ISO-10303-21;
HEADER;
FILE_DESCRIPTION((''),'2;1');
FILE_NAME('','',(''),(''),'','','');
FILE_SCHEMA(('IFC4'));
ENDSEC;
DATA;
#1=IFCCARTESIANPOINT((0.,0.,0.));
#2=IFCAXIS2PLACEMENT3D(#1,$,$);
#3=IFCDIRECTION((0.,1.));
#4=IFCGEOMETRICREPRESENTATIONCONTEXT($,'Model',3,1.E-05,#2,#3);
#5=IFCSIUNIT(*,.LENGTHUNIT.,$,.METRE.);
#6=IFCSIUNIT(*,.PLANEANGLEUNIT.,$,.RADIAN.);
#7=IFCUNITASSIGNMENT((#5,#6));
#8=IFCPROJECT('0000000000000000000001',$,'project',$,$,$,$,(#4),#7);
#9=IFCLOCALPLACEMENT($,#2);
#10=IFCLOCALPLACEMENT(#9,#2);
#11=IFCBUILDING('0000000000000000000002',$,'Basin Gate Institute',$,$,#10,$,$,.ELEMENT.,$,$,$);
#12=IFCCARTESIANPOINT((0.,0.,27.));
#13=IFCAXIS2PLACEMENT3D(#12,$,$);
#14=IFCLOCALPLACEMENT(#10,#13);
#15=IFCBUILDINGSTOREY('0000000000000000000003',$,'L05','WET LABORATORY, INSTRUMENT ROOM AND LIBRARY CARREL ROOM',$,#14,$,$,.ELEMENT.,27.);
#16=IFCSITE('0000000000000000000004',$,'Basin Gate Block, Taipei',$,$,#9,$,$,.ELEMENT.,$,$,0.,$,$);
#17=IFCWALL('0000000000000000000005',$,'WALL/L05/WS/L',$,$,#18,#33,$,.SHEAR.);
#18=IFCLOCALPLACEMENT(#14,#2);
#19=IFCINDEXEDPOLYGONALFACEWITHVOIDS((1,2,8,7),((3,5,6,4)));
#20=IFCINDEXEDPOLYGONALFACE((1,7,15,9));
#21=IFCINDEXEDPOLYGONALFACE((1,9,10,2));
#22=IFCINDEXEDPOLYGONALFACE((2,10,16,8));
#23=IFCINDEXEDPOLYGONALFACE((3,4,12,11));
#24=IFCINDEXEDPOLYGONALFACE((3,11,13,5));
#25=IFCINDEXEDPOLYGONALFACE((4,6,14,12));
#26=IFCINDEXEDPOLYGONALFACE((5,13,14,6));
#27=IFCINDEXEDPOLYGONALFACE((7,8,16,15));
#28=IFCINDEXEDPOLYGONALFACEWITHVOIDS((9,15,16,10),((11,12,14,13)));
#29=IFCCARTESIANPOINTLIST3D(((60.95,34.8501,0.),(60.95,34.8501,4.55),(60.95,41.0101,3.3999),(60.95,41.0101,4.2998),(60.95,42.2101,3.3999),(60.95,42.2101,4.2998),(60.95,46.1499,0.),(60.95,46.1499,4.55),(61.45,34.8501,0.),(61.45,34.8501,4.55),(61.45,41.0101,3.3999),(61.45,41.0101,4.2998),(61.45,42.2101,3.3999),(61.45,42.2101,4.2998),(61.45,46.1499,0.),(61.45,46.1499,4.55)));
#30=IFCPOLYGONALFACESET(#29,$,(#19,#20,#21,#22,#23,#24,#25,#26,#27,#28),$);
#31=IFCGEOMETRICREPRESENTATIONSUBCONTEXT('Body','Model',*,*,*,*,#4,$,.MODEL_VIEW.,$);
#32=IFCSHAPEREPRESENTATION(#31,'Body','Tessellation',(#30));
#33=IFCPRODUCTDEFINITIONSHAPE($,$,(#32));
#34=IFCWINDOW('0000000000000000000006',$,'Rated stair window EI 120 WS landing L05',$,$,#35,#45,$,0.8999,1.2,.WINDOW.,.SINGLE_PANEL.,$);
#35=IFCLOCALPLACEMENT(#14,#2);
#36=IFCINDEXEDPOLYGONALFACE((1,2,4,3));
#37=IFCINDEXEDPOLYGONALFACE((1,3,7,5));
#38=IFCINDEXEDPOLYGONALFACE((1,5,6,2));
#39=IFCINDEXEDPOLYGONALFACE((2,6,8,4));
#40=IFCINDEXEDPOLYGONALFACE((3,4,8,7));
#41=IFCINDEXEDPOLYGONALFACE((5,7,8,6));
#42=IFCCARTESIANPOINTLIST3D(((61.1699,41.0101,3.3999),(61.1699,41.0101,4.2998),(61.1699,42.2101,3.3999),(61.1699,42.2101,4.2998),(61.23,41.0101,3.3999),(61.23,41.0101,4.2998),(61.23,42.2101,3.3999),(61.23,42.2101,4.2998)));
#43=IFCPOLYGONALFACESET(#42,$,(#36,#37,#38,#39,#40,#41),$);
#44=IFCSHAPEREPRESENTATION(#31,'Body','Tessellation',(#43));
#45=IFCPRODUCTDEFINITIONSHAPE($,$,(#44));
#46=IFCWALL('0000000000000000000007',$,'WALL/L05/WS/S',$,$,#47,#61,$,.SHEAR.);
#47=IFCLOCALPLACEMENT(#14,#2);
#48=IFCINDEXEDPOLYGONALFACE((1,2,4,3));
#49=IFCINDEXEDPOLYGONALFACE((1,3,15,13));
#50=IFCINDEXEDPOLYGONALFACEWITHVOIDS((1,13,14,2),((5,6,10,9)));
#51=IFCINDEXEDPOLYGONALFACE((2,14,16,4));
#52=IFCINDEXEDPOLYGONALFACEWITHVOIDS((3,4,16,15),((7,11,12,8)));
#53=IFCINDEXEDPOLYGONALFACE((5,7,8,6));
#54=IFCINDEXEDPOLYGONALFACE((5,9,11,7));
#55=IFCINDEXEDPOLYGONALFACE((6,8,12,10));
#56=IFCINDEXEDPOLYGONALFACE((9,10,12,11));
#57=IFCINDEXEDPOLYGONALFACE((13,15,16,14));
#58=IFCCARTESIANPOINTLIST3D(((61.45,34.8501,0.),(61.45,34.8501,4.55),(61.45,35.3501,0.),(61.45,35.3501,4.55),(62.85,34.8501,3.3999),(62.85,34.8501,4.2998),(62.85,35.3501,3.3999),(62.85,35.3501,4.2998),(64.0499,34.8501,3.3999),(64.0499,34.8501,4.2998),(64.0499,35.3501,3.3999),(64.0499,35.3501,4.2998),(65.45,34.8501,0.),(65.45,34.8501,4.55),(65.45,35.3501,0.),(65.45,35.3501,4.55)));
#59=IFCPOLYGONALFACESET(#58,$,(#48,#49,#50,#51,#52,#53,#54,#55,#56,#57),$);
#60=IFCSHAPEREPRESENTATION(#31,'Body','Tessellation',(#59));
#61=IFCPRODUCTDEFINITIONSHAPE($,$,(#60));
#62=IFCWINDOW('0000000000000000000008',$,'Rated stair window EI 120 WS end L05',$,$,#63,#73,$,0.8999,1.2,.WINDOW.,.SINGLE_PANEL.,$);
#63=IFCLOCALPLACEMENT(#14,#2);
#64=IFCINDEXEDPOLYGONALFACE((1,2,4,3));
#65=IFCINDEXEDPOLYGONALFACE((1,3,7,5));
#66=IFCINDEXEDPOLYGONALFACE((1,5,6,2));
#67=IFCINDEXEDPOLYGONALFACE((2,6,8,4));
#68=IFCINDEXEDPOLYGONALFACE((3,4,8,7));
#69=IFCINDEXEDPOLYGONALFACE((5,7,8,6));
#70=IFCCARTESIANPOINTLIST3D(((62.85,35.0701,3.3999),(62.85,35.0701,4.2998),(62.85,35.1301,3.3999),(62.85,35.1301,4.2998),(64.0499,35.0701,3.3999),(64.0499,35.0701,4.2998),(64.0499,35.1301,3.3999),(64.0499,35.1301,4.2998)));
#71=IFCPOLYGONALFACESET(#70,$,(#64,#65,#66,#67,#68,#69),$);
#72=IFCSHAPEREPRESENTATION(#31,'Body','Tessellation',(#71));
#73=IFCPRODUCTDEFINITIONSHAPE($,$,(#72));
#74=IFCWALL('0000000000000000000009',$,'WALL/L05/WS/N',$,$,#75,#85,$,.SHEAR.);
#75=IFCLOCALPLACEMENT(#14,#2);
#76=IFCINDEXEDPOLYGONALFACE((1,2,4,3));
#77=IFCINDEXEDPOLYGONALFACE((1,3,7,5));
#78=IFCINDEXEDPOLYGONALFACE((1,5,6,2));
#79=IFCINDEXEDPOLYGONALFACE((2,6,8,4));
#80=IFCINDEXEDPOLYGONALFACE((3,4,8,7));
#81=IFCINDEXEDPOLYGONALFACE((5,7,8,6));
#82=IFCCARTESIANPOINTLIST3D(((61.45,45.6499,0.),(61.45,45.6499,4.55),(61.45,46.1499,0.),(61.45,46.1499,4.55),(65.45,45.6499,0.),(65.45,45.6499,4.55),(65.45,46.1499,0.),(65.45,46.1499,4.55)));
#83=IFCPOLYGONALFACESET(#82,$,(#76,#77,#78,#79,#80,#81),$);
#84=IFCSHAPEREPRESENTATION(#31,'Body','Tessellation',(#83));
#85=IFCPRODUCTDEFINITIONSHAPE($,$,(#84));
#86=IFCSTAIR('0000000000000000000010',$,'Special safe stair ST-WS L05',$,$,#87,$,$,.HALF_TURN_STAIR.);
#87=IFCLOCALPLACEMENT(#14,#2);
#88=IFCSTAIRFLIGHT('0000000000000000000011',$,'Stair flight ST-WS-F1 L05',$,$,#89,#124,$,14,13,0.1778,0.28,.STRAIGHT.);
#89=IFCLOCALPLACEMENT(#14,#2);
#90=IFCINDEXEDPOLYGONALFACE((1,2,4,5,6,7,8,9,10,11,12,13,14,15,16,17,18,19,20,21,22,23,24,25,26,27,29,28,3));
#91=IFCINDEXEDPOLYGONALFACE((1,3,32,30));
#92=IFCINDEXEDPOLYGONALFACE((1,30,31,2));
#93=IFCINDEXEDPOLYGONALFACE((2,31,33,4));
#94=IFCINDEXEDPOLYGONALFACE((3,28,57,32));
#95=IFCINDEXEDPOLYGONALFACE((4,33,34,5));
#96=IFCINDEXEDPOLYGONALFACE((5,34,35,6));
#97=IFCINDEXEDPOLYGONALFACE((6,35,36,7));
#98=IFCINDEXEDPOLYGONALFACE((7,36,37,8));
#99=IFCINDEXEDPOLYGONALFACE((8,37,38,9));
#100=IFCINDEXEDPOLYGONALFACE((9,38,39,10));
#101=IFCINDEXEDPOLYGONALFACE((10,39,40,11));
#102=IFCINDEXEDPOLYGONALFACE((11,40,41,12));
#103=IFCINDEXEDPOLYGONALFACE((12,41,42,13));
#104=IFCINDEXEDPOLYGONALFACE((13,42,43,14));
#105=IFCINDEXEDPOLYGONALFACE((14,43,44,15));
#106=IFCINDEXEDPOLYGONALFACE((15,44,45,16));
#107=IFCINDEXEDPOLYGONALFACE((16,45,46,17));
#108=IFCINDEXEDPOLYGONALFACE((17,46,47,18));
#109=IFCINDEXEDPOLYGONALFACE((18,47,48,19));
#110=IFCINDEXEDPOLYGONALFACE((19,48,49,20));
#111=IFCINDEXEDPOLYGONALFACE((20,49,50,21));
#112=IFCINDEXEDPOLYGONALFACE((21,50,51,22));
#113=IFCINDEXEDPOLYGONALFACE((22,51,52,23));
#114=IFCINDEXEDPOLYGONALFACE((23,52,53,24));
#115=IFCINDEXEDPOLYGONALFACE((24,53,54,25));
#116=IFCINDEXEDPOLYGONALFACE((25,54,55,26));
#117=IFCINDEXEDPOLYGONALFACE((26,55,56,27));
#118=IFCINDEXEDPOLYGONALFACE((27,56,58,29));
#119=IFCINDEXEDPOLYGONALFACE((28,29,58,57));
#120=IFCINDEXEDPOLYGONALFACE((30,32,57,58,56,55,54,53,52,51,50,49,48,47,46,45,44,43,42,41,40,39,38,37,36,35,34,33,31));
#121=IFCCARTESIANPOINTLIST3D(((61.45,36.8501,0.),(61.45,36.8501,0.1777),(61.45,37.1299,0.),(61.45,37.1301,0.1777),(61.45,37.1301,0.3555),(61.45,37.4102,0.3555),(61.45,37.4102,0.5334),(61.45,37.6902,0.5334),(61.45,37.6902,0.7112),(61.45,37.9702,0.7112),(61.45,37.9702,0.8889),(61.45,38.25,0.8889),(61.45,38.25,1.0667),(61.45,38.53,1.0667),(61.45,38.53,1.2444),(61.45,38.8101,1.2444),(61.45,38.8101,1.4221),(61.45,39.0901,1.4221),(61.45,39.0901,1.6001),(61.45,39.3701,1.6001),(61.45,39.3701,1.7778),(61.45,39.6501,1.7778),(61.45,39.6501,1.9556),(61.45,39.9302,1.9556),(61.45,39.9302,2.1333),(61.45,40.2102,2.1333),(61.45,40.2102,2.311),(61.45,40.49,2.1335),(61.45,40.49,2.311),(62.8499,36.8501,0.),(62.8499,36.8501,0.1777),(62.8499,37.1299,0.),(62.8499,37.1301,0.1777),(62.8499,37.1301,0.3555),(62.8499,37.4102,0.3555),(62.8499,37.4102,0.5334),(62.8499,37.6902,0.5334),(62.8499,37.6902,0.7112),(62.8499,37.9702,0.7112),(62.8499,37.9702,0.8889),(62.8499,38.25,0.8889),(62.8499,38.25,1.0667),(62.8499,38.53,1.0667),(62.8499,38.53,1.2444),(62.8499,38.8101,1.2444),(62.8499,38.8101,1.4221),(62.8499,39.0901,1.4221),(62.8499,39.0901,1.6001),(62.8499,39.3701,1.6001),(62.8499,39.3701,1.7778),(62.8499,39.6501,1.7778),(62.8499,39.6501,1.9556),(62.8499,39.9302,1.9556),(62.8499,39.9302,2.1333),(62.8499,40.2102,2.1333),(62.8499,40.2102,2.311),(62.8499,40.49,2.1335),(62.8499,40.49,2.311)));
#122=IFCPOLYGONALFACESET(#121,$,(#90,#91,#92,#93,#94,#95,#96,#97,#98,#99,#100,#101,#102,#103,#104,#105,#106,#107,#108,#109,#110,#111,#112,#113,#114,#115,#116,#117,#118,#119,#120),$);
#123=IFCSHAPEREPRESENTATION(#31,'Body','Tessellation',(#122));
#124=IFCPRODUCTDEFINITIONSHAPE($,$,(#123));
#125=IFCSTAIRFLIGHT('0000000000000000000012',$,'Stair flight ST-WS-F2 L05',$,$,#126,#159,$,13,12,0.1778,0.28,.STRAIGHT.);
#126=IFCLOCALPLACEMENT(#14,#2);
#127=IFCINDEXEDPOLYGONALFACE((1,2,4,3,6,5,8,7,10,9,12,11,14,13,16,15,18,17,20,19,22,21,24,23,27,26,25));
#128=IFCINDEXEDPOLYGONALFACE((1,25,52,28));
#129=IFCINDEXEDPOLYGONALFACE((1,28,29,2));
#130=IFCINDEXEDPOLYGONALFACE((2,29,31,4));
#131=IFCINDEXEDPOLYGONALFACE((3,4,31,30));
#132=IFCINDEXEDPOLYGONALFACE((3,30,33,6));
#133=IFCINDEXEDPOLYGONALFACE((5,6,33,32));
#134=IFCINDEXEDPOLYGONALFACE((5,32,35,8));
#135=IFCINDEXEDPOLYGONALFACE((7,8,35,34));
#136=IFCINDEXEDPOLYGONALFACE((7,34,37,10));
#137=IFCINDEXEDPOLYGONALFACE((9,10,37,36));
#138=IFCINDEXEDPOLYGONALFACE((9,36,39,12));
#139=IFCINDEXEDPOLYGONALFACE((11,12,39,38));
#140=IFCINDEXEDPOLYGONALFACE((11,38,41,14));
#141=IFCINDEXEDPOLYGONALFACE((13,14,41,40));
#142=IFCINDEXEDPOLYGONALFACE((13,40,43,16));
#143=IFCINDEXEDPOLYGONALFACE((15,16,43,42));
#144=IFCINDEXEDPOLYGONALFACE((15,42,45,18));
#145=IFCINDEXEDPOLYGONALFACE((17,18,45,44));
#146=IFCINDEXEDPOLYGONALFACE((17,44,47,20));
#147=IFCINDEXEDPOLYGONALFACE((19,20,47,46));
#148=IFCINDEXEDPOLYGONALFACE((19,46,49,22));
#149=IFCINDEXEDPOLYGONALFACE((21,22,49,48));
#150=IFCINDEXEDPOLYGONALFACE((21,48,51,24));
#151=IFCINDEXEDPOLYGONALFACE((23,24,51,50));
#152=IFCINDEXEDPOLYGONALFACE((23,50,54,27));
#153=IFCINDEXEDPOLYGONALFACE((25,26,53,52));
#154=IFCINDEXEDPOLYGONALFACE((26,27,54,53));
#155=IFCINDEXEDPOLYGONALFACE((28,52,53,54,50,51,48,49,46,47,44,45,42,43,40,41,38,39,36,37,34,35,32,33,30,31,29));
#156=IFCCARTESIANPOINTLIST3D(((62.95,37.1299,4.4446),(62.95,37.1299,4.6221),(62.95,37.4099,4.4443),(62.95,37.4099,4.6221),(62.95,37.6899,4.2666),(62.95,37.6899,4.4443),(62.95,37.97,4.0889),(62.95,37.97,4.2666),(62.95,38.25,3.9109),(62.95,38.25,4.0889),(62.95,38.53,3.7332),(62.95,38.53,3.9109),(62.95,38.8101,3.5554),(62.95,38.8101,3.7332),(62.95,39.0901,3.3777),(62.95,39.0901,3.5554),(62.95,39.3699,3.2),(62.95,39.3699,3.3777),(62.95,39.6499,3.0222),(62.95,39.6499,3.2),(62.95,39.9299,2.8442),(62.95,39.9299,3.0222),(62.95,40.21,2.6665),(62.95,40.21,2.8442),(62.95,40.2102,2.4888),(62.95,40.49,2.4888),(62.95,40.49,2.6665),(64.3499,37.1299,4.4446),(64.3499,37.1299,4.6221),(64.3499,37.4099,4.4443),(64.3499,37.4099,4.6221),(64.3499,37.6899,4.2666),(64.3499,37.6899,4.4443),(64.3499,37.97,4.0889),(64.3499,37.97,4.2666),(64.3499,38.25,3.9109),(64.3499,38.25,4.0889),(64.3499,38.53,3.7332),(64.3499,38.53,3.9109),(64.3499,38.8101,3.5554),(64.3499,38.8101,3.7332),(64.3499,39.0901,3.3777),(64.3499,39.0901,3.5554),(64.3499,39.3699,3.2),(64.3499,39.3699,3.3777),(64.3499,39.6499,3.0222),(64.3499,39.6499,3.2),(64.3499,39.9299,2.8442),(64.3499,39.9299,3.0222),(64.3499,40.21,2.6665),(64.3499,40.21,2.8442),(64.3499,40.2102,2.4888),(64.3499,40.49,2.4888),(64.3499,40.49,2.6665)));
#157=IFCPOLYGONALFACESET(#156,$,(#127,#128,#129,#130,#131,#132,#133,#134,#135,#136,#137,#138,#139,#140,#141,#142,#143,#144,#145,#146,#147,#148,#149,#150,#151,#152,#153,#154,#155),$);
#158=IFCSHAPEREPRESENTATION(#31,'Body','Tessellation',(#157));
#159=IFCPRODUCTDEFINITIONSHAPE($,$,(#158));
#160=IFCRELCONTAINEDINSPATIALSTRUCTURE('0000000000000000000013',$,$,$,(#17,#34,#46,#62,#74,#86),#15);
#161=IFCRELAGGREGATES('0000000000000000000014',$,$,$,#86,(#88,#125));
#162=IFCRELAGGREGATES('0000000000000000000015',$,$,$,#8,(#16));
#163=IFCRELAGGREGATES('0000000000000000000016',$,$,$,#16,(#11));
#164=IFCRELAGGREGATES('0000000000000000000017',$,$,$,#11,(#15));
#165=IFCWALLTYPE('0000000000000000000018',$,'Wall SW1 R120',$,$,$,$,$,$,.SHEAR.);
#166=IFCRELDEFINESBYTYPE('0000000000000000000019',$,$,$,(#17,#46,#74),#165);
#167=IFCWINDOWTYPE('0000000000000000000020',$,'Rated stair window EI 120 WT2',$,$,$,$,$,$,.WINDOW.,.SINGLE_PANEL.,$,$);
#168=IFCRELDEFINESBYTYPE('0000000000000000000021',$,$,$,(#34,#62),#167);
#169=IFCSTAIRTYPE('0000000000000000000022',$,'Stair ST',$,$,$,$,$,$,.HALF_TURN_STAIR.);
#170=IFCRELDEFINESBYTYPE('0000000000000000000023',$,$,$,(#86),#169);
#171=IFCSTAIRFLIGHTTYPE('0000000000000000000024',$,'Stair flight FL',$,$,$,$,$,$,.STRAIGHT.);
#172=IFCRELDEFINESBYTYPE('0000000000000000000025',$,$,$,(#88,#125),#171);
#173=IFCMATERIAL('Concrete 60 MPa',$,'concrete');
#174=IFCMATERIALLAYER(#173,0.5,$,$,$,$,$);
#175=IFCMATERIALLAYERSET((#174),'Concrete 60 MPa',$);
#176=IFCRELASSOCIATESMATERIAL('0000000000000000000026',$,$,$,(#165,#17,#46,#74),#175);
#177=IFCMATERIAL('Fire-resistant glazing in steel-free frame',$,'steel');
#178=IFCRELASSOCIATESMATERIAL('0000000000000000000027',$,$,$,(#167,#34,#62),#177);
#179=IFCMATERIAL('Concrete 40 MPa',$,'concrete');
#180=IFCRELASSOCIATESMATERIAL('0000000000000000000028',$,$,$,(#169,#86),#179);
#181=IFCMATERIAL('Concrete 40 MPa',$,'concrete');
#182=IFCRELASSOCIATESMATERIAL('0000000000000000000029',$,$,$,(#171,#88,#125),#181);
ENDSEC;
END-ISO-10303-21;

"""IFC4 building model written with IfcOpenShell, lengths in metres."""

from ifc_helpers import new_model, si_unit, direction, frame, frame_2d, origin, place, context, subcontext, project, spatial, polyline, rectangle, outline, extrude, material, layer, layer_set, type_object, element, fill, aggregate, save


model = new_model("IFC4")

# Units and contexts
model_context = context("Model", 3, precision=1e-05, world=origin(), true_north=direction((0.0, 1.0)))
body_context = subcontext(model_context, "Body", "Model", "MODEL_VIEW")
ifc_project = project(units=[si_unit("LENGTHUNIT", "METRE"), si_unit("PLANEANGLEUNIT", "RADIAN")], contexts=[model_context])

# Site, building, storey
site_placement = place(None, origin())
site = spatial("IfcSite", under=ifc_project, at=site_placement, Name="Basin Gate Block, Taipei", CompositionType="ELEMENT", RefElevation=0.0)
building_placement = place(site_placement, origin())
building = spatial("IfcBuilding", under=site, at=building_placement, Name="Basin Gate Institute", CompositionType="ELEMENT")
storey_placement = place(building_placement, frame((0.0, 0.0, 27.0)))
storey = spatial("IfcBuildingStorey", under=building, at=storey_placement, Name="L05", Description="WET LABORATORY, INSTRUMENT ROOM AND LIBRARY CARREL ROOM", CompositionType="ELEMENT", Elevation=27.0)

# Walls, openings, windows
ifc_material_1 = material(Name="Concrete 60 MPa", Category="concrete")
ifc_layer_1 = layer(ifc_material_1, 0.5)
ifc_layer_set_1 = layer_set([ifc_layer_1], Name="Concrete 60 MPa")
wall_type_1 = type_object("IfcWallType", Name="Wall SW1 R120", PredefinedType="SHEAR", material=ifc_layer_set_1)
wall_1_placement = place(storey_placement, frame((61.2, 34.8501, 0.0), z_axis=(0.0, 0.0, 1.0), x_axis=(0.0, 1.0, 0.0)))
wall_1 = element("IfcWall", 1, at=wall_1_placement, inside=storey, type_object=wall_type_1, material=ifc_layer_set_1, Name="WALL/L05/WS/L", PredefinedType="SHEAR", context=body_context, shape_type="SweptSolid", body=[
    extrude(rectangle(XDim=11.2998, YDim=0.5, at=frame_2d((5.6499, 0.0))), origin(), (0.0, 0.0, 1.0), 4.55),
])
opening_1_placement = place(wall_1_placement, frame((6.1599, 0.0, 3.3999)))
opening_1 = element("IfcOpeningElement", 2, at=opening_1_placement, cuts=wall_1, PredefinedType="OPENING", context=body_context, shape_type="SweptSolid", body=[
    extrude(rectangle(XDim=1.2, YDim=0.8999, at=frame_2d((0.6001, 0.45))), frame((0.0, 0.26, 0.0), z_axis=(0.0, -1.0, 0.0), x_axis=(1.0, 0.0, 0.0)), (0.0, 0.0, 1.0), 0.52),
])
ifc_material_2 = material(Name="Fire-resistant glazing in steel-free frame", Category="steel")
window_type_1 = type_object("IfcWindowType", Name="Rated stair window EI 120 WT2", PartitioningType="SINGLE_PANEL", PredefinedType="WINDOW", material=ifc_material_2)
window_1_placement = place(opening_1_placement, origin())
window_1 = element("IfcWindow", 3, at=window_1_placement, inside=storey, type_object=window_type_1, material=ifc_material_2, Name="Rated stair window EI 120 WS landing L05", OverallHeight=0.8999, OverallWidth=1.2, PartitioningType="SINGLE_PANEL", PredefinedType="WINDOW", context=body_context, shape_type="SweptSolid", body=[
    extrude(rectangle(XDim=1.2, YDim=0.8999, at=frame_2d((0.6001, 0.45))), frame((0.0, 0.03, 0.0), z_axis=(0.0, -1.0, 0.0), x_axis=(1.0, 0.0, 0.0)), (0.0, 0.0, 1.0), 0.0601),
])
fill(opening_1, window_1)
wall_2_placement = place(storey_placement, frame((61.45, 35.1001, 0.0), z_axis=(0.0, 0.0, 1.0), x_axis=(1.0, 0.0, 0.0)))
wall_2 = element("IfcWall", 4, at=wall_2_placement, inside=storey, type_object=wall_type_1, material=ifc_layer_set_1, Name="WALL/L05/WS/S", PredefinedType="SHEAR", context=body_context, shape_type="SweptSolid", body=[
    extrude(rectangle(XDim=4.0, YDim=0.5, at=frame_2d((2.0, 0.0))), origin(), (0.0, 0.0, 1.0), 4.55),
])
opening_2_placement = place(wall_2_placement, frame((1.3999, 0.0, 3.3999)))
opening_2 = element("IfcOpeningElement", 5, at=opening_2_placement, cuts=wall_2, PredefinedType="OPENING", context=body_context, shape_type="SweptSolid", body=[
    extrude(rectangle(XDim=1.2, YDim=0.8999, at=frame_2d((0.6001, 0.45))), frame((0.0, 0.26, 0.0), z_axis=(0.0, -1.0, 0.0), x_axis=(1.0, 0.0, 0.0)), (0.0, 0.0, 1.0), 0.52),
])
window_2_placement = place(opening_2_placement, origin())
window_2 = element("IfcWindow", 6, at=window_2_placement, inside=storey, type_object=window_type_1, material=ifc_material_2, Name="Rated stair window EI 120 WS end L05", OverallHeight=0.8999, OverallWidth=1.2, PartitioningType="SINGLE_PANEL", PredefinedType="WINDOW", context=body_context, shape_type="SweptSolid", body=[
    extrude(rectangle(XDim=1.2, YDim=0.8999, at=frame_2d((0.6001, 0.45))), frame((0.0, 0.03, 0.0), z_axis=(0.0, -1.0, 0.0), x_axis=(1.0, 0.0, 0.0)), (0.0, 0.0, 1.0), 0.0601),
])
fill(opening_2, window_2)

# Wall
wall_3_placement = place(storey_placement, frame((61.45, 45.8999, 0.0), z_axis=(0.0, 0.0, 1.0), x_axis=(1.0, 0.0, 0.0)))
element("IfcWall", 7, at=wall_3_placement, inside=storey, type_object=wall_type_1, material=ifc_layer_set_1, Name="WALL/L05/WS/N", PredefinedType="SHEAR", context=body_context, shape_type="SweptSolid", body=[
    extrude(rectangle(XDim=4.0, YDim=0.5, at=frame_2d((2.0, 0.0))), origin(), (0.0, 0.0, 1.0), 4.55),
])

# Stair, stair flights
ifc_material_3 = material(Name="Concrete 40 MPa", Category="concrete")
stair_type = type_object("IfcStairType", Name="Stair ST", PredefinedType="HALF_TURN_STAIR", material=ifc_material_3)
stair_placement = place(storey_placement, origin())
stair = element("IfcStair", 8, at=stair_placement, inside=storey, type_object=stair_type, material=ifc_material_3, Name="Special safe stair ST-WS L05", PredefinedType="HALF_TURN_STAIR")
ifc_material_4 = material(Name="Concrete 40 MPa", Category="concrete")
stair_flight_type = type_object("IfcStairFlightType", Name="Stair flight FL", PredefinedType="STRAIGHT", material=ifc_material_4)
stair_flight_1_placement = place(storey_placement, frame((62.1499, 36.8501, 0.0), z_axis=(0.0, 0.0, 1.0), x_axis=(0.0, 1.0, 0.0)))
stair_flight_1 = element("IfcStairFlight", 9, at=stair_flight_1_placement, type_object=stair_flight_type, material=ifc_material_4, Name="Stair flight ST-WS-F1 L05", NumberOfRisers=14, NumberOfTreads=13, PredefinedType="STRAIGHT", RiserHeight=0.1778, TreadLength=0.28, context=body_context, shape_type="SweptSolid", body=[
    extrude(outline(polyline([(0.0, 0.0), (0.0, 0.1777), (0.28, 0.1777), (0.28, 0.3555), (0.5601, 0.3555), (0.5601, 0.5334), (0.8401, 0.5334), (0.8401, 0.7112), (1.1201, 0.7112), (1.1201, 0.8889), (1.3999, 0.8889), (1.3999, 1.0667), (1.6799, 1.0667), (1.6799, 1.2444), (1.96, 1.2444), (1.96, 1.4221), (2.24, 1.4221), (2.24, 1.6001), (2.52, 1.6001), (2.52, 1.7778), (2.8, 1.7778), (2.8, 1.9556), (3.0801, 1.9556), (3.0801, 2.1333), (3.3601, 2.1333), (3.3601, 2.311), (3.6399, 2.311), (3.6399, 2.4888), (3.6399, 2.1335), (0.2798, 0.0), (0.0, 0.0)])), frame((0.0, 0.7, 0.0), z_axis=(0.0, -1.0, 0.0), x_axis=(1.0, 0.0, 0.0)), (0.0, 0.0, 1.0), 1.3999),
])
stair_flight_2_placement = place(storey_placement, frame((63.6499, 40.49, 2.4888), z_axis=(0.0, 0.0, 1.0), x_axis=(0.0, -1.0, 0.0)))
stair_flight_2 = element("IfcStairFlight", 10, at=stair_flight_2_placement, type_object=stair_flight_type, material=ifc_material_4, Name="Stair flight ST-WS-F2 L05", NumberOfRisers=13, NumberOfTreads=12, PredefinedType="STRAIGHT", RiserHeight=0.1778, TreadLength=0.28, context=body_context, shape_type="SweptSolid", body=[
    extrude(outline(polyline([(0.0, 0.0), (0.0, 0.1777), (0.28, 0.1777), (0.28, 0.3555), (0.5601, 0.3555), (0.5601, 0.5334), (0.8401, 0.5334), (0.8401, 0.7112), (1.1201, 0.7112), (1.1201, 0.8889), (1.3999, 0.8889), (1.3999, 1.0667), (1.6799, 1.0667), (1.6799, 1.2444), (1.96, 1.2444), (1.96, 1.4221), (2.24, 1.4221), (2.24, 1.6001), (2.52, 1.6001), (2.52, 1.7778), (2.8, 1.7778), (2.8, 1.9556), (3.0801, 1.9556), (3.0801, 2.1333), (3.3601, 2.1333), (3.3601, 2.311), (3.3601, 1.9558), (0.2798, 0.0), (0.0, 0.0)])), frame((0.0, 0.7, 0.0), z_axis=(0.0, -1.0, 0.0), x_axis=(1.0, 0.0, 0.0)), (0.0, 0.0, 1.0), 1.3999),
])
aggregate(stair, [stair_flight_1, stair_flight_2])

save(model, "model.ifc")
